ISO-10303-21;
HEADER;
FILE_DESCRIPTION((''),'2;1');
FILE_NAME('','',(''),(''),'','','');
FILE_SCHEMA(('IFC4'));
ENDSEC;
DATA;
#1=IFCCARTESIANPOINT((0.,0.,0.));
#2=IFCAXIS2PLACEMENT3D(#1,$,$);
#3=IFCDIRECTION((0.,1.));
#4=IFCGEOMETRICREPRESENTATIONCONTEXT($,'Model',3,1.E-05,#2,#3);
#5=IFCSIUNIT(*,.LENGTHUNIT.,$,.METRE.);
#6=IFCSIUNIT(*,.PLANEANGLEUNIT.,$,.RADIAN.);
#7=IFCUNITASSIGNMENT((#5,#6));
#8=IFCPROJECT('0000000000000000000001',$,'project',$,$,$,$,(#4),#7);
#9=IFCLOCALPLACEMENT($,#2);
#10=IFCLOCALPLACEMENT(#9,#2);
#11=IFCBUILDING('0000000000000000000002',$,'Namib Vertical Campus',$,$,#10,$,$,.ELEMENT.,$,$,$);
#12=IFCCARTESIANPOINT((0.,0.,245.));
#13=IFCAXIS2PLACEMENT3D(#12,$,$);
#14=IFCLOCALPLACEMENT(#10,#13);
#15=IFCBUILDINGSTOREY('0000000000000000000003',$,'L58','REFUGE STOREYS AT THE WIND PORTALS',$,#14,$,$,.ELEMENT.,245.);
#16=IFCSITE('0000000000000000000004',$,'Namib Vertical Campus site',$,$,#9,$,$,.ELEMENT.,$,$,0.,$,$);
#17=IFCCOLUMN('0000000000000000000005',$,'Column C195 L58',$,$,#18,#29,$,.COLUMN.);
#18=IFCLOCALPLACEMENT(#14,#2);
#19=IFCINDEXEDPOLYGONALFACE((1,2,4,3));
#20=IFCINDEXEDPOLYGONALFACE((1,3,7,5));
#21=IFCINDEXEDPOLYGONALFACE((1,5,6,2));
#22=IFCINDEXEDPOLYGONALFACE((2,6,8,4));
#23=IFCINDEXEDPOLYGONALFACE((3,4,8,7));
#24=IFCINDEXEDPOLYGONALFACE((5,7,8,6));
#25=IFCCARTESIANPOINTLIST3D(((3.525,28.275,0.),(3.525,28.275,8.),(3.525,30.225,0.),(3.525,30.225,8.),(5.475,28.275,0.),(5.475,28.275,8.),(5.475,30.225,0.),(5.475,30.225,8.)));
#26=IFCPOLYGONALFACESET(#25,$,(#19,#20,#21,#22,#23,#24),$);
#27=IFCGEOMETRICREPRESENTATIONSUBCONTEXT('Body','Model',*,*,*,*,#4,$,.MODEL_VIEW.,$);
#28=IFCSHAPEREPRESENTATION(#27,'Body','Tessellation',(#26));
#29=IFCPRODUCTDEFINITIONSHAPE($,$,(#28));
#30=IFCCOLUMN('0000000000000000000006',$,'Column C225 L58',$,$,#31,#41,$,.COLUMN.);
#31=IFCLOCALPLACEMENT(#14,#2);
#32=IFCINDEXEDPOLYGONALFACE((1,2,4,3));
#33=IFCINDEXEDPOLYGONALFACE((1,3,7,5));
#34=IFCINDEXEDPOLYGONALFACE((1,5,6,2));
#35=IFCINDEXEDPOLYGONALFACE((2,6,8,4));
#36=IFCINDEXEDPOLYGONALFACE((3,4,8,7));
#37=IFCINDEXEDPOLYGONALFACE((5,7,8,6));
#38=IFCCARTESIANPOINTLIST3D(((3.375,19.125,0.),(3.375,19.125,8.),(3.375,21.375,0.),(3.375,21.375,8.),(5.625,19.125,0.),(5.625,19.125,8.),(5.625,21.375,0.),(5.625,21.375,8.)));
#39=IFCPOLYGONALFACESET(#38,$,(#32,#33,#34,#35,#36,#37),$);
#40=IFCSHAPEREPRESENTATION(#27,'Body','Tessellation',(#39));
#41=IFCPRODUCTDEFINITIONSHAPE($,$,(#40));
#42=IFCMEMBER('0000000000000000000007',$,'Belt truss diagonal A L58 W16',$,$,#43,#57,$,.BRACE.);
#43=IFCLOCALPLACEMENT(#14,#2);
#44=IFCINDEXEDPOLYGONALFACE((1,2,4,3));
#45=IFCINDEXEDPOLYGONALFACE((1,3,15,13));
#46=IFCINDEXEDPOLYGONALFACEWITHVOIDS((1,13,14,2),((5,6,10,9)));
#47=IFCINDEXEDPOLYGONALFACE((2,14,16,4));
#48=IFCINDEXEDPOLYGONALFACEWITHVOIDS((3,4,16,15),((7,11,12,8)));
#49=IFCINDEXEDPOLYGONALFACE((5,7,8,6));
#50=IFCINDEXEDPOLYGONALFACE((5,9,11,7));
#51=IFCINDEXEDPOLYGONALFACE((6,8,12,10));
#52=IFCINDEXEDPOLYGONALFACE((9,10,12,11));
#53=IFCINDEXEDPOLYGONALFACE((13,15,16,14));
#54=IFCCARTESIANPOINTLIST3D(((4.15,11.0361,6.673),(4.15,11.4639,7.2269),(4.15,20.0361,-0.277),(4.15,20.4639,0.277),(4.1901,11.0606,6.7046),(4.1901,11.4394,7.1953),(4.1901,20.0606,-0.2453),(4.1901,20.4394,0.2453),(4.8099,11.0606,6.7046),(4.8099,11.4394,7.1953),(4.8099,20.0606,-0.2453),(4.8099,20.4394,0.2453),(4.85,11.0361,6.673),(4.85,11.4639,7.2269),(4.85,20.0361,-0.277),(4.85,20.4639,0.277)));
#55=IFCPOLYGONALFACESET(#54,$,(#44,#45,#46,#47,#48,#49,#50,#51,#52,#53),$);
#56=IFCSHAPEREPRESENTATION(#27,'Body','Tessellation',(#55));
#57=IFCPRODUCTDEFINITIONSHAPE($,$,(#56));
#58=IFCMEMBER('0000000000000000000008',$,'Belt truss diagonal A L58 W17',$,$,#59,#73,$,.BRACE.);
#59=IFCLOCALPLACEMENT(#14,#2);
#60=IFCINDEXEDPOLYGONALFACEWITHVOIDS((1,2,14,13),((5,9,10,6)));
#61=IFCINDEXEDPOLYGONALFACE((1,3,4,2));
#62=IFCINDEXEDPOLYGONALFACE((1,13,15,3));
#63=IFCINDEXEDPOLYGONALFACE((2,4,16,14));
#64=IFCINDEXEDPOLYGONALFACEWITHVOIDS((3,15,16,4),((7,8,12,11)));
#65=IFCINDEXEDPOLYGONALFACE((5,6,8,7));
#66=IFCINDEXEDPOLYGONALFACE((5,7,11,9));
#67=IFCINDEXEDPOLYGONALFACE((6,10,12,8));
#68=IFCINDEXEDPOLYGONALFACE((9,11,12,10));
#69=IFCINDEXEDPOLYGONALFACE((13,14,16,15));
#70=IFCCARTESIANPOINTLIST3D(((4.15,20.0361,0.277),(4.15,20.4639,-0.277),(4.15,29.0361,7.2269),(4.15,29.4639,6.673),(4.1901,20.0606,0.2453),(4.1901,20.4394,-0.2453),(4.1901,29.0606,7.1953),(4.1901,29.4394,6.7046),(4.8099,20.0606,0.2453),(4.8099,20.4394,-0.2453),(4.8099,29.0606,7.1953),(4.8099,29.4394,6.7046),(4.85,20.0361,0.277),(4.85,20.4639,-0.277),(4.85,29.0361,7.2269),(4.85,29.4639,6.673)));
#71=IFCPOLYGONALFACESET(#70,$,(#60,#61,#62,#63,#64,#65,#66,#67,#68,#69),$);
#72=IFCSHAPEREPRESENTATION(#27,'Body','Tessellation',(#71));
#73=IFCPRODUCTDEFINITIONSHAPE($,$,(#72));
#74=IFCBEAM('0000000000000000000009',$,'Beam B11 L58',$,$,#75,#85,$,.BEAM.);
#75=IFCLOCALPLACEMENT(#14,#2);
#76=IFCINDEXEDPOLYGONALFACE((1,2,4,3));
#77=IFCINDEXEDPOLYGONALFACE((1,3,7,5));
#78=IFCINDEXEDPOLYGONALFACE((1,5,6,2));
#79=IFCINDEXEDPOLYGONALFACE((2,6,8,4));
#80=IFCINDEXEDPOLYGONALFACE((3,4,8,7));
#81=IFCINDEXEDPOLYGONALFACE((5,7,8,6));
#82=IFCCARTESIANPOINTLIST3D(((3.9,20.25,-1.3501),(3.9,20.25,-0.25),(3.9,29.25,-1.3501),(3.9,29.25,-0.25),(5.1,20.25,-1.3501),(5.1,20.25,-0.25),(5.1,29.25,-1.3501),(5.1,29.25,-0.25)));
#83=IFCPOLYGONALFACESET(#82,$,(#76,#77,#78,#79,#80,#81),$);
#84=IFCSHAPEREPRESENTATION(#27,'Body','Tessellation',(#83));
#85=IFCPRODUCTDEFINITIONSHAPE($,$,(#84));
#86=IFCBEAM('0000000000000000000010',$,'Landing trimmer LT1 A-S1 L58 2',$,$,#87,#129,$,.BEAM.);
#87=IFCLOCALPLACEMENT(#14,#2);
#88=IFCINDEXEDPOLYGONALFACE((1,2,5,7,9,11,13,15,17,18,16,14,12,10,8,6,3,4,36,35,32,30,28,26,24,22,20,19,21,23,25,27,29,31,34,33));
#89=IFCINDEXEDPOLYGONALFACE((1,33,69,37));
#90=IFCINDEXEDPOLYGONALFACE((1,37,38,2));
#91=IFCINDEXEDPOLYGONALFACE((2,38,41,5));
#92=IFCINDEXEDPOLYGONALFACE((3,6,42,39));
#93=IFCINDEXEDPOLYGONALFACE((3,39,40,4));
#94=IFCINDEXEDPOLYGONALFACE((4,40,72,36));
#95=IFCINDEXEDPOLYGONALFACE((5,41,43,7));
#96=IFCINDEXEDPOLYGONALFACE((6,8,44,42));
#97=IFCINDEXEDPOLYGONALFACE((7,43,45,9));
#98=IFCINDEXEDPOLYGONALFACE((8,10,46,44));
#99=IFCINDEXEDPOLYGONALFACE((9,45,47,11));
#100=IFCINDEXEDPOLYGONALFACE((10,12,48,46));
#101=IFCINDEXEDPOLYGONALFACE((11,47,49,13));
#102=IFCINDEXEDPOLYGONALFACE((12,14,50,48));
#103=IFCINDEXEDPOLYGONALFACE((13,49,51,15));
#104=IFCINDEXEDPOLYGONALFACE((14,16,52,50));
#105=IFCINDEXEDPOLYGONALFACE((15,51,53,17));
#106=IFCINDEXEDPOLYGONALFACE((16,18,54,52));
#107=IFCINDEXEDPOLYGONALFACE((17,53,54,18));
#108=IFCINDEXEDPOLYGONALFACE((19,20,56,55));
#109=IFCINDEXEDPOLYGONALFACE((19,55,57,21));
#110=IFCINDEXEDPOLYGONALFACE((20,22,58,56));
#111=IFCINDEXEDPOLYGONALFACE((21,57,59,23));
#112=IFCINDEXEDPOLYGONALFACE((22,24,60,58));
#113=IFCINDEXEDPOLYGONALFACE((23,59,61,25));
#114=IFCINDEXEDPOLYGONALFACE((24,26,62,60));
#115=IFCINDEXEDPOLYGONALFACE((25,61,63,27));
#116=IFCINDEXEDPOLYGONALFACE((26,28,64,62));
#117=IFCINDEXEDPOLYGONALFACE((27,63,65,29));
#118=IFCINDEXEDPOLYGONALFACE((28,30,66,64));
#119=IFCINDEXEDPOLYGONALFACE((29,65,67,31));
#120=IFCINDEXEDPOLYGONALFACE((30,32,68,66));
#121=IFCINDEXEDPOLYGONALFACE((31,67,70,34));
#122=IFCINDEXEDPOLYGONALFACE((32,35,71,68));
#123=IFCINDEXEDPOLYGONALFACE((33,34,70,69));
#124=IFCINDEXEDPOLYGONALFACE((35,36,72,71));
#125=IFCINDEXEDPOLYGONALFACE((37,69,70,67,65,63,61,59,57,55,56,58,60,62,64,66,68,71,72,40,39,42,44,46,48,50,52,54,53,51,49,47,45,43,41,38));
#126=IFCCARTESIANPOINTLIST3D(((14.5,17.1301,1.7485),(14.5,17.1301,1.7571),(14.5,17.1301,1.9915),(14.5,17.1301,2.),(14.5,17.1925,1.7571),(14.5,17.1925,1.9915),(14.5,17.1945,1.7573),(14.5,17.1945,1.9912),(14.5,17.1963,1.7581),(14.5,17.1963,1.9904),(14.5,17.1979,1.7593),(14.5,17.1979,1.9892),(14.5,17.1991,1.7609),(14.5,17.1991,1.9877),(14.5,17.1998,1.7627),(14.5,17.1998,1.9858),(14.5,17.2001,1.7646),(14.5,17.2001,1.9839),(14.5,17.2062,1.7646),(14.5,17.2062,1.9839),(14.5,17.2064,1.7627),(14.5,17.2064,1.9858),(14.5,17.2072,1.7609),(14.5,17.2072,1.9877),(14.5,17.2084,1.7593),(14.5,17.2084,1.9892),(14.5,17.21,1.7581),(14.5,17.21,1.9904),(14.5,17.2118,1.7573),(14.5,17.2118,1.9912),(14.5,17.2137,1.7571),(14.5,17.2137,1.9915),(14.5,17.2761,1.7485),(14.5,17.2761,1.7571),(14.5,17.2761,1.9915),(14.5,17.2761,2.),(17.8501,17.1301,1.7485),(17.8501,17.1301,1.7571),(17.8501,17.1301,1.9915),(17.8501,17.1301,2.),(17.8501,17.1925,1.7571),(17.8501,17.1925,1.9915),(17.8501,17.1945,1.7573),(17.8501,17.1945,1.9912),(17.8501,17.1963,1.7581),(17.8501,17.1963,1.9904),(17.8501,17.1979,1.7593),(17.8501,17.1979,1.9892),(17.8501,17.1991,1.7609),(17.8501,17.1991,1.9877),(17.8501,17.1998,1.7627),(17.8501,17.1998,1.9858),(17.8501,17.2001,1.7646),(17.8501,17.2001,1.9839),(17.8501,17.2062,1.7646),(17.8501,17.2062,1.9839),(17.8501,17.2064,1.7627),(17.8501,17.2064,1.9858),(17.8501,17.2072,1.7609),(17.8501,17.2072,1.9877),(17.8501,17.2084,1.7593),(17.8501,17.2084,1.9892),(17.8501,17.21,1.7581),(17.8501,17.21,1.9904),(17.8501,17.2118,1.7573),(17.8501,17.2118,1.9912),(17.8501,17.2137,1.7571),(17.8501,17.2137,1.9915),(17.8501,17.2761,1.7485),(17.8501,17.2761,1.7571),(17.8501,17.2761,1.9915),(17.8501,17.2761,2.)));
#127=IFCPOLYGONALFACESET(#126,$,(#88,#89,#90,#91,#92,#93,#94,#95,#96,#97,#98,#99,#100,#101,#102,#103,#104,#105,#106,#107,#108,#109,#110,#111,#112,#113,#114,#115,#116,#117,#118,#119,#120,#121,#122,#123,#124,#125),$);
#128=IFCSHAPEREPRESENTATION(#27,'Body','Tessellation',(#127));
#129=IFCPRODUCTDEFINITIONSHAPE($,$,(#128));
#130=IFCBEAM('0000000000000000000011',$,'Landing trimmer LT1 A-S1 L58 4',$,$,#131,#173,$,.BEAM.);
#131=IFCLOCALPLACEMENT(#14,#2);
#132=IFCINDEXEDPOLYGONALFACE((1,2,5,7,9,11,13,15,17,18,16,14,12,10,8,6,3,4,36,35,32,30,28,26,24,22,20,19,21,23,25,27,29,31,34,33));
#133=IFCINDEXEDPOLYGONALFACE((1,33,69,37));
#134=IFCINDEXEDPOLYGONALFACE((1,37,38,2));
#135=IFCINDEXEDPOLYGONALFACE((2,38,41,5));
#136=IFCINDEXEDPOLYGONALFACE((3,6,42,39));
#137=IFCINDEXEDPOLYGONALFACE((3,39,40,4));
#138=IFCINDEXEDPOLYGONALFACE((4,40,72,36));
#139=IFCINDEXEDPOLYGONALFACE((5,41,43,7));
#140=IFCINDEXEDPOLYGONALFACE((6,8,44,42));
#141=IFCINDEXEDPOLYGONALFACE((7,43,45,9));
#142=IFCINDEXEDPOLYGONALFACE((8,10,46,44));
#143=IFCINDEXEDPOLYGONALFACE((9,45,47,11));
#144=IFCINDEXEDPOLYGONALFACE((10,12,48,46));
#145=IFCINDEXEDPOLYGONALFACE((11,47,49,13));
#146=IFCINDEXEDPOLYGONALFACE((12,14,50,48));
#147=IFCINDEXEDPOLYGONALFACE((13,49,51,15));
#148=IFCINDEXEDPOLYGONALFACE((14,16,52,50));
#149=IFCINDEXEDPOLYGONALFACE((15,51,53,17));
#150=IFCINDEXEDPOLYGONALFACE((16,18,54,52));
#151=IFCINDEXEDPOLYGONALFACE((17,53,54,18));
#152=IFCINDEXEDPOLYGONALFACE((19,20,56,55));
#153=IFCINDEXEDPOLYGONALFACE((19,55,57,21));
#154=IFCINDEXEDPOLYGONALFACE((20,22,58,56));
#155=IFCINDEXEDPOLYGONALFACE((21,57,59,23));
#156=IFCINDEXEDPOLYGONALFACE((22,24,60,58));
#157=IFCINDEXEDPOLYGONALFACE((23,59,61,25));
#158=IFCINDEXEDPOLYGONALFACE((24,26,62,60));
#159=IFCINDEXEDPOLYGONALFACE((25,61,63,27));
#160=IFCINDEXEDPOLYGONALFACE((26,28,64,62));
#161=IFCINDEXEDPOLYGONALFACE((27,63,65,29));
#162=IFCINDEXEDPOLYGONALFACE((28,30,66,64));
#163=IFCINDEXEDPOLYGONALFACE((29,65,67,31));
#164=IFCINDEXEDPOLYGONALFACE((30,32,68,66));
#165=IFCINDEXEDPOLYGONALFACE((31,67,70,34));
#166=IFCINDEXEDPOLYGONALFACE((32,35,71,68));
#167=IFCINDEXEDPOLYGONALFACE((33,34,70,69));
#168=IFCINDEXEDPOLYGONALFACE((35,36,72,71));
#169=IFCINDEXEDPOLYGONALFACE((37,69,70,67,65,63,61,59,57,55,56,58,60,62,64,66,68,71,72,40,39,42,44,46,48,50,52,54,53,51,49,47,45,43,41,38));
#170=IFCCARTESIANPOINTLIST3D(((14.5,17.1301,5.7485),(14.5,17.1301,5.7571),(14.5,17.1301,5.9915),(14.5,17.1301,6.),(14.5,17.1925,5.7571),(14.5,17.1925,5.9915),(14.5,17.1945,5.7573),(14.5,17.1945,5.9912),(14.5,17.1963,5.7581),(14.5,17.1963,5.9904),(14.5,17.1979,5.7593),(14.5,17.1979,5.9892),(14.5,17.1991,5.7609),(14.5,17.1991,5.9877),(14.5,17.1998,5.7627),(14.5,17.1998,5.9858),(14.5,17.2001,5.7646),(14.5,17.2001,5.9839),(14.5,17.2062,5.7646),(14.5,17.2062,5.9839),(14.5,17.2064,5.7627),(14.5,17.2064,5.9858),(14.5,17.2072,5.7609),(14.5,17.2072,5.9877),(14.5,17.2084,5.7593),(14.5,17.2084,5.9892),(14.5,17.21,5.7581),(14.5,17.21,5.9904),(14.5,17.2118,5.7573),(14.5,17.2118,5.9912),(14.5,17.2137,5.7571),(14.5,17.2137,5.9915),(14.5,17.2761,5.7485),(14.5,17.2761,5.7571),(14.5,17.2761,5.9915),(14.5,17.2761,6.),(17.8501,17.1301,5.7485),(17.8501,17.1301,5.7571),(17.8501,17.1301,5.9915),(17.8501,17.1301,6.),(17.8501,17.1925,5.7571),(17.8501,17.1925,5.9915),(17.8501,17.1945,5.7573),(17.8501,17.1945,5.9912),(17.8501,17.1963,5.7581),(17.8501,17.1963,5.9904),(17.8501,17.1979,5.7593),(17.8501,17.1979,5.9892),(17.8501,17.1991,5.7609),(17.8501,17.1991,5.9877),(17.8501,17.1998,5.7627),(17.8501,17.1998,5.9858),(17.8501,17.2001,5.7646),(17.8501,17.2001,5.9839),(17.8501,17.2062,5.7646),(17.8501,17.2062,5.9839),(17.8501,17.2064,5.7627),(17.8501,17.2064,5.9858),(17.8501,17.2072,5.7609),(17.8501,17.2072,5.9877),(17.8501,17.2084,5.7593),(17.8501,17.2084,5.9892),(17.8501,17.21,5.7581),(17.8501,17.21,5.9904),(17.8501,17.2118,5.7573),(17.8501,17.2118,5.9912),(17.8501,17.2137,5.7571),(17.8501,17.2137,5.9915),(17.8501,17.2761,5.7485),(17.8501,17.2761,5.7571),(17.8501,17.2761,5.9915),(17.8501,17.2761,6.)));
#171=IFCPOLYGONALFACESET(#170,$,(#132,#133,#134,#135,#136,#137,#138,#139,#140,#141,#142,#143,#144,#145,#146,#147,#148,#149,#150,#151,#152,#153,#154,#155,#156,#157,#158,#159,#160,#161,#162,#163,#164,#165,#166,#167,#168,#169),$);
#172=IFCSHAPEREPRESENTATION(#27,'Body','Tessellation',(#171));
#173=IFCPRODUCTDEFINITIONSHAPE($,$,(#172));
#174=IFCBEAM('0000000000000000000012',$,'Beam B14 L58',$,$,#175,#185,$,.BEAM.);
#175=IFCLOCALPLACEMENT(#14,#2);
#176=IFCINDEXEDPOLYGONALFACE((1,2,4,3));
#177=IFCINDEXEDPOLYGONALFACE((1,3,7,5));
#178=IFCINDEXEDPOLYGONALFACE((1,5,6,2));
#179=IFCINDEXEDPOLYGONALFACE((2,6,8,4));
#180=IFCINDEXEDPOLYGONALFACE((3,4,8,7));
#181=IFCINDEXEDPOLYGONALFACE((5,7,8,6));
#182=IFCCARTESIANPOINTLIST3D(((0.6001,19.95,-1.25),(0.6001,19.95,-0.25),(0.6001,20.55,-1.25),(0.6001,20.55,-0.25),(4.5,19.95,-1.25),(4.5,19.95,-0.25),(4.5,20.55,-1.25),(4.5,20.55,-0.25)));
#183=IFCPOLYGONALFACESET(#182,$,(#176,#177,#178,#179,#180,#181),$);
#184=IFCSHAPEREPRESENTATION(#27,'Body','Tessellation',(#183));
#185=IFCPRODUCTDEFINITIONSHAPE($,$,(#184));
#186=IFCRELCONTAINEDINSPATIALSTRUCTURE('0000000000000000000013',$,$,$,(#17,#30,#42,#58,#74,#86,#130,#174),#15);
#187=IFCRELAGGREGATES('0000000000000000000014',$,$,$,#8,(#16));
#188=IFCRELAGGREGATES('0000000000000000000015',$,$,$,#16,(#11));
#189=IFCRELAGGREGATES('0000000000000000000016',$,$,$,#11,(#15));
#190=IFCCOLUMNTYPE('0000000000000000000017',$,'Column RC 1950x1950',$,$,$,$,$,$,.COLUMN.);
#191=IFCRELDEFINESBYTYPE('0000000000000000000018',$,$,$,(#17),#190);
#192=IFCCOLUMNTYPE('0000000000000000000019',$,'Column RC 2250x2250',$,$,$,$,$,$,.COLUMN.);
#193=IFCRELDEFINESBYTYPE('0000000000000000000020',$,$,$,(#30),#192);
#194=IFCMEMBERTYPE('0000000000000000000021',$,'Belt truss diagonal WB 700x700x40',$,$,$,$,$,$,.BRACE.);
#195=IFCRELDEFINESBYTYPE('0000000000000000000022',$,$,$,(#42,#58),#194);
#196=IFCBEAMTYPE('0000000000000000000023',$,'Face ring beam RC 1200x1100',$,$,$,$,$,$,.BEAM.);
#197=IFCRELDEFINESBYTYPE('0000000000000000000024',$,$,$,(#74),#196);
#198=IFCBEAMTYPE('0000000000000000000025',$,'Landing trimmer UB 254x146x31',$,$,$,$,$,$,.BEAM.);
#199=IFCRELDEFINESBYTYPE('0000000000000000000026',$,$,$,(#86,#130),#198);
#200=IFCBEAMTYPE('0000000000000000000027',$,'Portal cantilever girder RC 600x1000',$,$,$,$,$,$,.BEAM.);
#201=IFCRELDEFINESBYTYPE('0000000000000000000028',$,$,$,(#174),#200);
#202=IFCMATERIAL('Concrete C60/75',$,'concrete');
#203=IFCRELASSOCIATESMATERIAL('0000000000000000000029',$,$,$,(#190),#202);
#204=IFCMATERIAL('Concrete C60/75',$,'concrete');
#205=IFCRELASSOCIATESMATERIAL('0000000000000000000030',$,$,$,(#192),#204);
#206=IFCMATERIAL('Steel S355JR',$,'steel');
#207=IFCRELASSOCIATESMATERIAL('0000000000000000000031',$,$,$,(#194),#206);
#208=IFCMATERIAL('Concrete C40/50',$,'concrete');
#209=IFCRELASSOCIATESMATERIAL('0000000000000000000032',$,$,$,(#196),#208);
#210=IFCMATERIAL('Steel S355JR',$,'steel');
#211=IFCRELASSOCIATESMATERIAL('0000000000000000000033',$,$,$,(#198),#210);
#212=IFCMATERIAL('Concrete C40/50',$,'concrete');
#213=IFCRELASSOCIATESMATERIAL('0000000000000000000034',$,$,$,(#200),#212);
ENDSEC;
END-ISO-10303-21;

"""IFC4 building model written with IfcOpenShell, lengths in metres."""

from ifc_helpers import new_model, si_unit, direction, frame, origin, origin_2d, place, context, subcontext, project, spatial, rectangle, hollow_rectangle, i_section, extrude, material, material_profile, profile_set, type_object, element, save


model = new_model("IFC4")

# Units and contexts
model_context = context("Model", 3, precision=1e-05, world=origin(), true_north=direction((0.0, 1.0)))
body_context = subcontext(model_context, "Body", "Model", "MODEL_VIEW")
ifc_project = project(units=[si_unit("LENGTHUNIT", "METRE"), si_unit("PLANEANGLEUNIT", "RADIAN")], contexts=[model_context])

# Site, building, storey
site_placement = place(None, origin())
site = spatial("IfcSite", under=ifc_project, at=site_placement, Name="Namib Vertical Campus site", CompositionType="ELEMENT", RefElevation=0.0)
building_placement = place(site_placement, origin())
building = spatial("IfcBuilding", under=site, at=building_placement, Name="Namib Vertical Campus", CompositionType="ELEMENT")
storey_placement = place(building_placement, frame((0.0, 0.0, 245.0)))
storey = spatial("IfcBuildingStorey", under=building, at=storey_placement, Name="L58", Description="REFUGE STOREYS AT THE WIND PORTALS", CompositionType="ELEMENT", Elevation=245.0)

# Columns
ifc_material_1 = material(Name="Concrete C60/75", Category="concrete")
ifc_material_profile_1 = material_profile(ifc_material_1, rectangle(XDim=1.95, YDim=1.95, at=origin_2d()))
ifc_profile_set_1 = profile_set([ifc_material_profile_1], Name="Concrete C60/75")
column_type_1 = type_object("IfcColumnType", Name="Column RC 1950x1950", PredefinedType="COLUMN", material=ifc_profile_set_1)
column_1_placement = place(storey_placement, frame((4.5, 29.25, 0.0), z_axis=(0.0, 0.0, 1.0), x_axis=(1.0, 0.0, 0.0)))
element("IfcColumn", 1, at=column_1_placement, inside=storey, type_object=column_type_1, Name="Column C195 L58", PredefinedType="COLUMN", context=body_context, shape_type="SweptSolid", body=[
    extrude(rectangle(XDim=1.95, YDim=1.95, at=origin_2d()), origin(), (0.0, 0.0, 1.0), 8.0),
])
ifc_material_2 = material(Name="Concrete C60/75", Category="concrete")
ifc_material_profile_2 = material_profile(ifc_material_2, rectangle(XDim=2.25, YDim=2.25, at=origin_2d()))
ifc_profile_set_2 = profile_set([ifc_material_profile_2], Name="Concrete C60/75")
column_type_2 = type_object("IfcColumnType", Name="Column RC 2250x2250", PredefinedType="COLUMN", material=ifc_profile_set_2)
column_2_placement = place(storey_placement, frame((4.5, 20.25, 0.0), z_axis=(0.0, 0.0, 1.0), x_axis=(1.0, 0.0, 0.0)))
element("IfcColumn", 2, at=column_2_placement, inside=storey, type_object=column_type_2, Name="Column C225 L58", PredefinedType="COLUMN", context=body_context, shape_type="SweptSolid", body=[
    extrude(rectangle(XDim=2.25, YDim=2.25, at=origin_2d()), origin(), (0.0, 0.0, 1.0), 8.0),
])

# Members
ifc_material_3 = material(Name="Steel S355JR", Category="steel")
ifc_material_profile_3 = material_profile(ifc_material_3, hollow_rectangle(XDim=0.7, YDim=0.7, WallThickness=0.04, at=origin_2d()))
ifc_profile_set_3 = profile_set([ifc_material_profile_3], Name="Steel S355JR")
member_type = type_object("IfcMemberType", Name="Belt truss diagonal WB 700x700x40", PredefinedType="BRACE", material=ifc_profile_set_3)
for number, where, z_axis, x_axis, name in (
    (3, (4.5, 20.25, 0.0), (0.0, -0.79148, 0.611194), (1.0, 0.0, 0.0), "Belt truss diagonal A L58 W16"),
    (4, (4.5, 20.25, 0.0), (0.0, 0.79148, 0.611194), (-1.0, 0.0, 0.0), "Belt truss diagonal A L58 W17"),
):
    element("IfcMember", number, at=place(storey_placement, frame(where, z_axis=z_axis, x_axis=x_axis)), inside=storey, type_object=member_type, Name=name, PredefinedType="BRACE", context=body_context, shape_type="SweptSolid", body=[
        extrude(hollow_rectangle(XDim=0.7, YDim=0.7, WallThickness=0.04, at=origin_2d()), origin(), (0.0, 0.0, 1.0), 11.3711),
    ])

# Beams
ifc_material_4 = material(Name="Concrete C40/50", Category="concrete")
ifc_material_profile_4 = material_profile(ifc_material_4, rectangle(XDim=1.2, YDim=1.1001, at=origin_2d()))
ifc_profile_set_4 = profile_set([ifc_material_profile_4], Name="Concrete C40/50")
beam_type_1 = type_object("IfcBeamType", Name="Face ring beam RC 1200x1100", PredefinedType="BEAM", material=ifc_profile_set_4)
beam_1_placement = place(storey_placement, frame((4.5, 20.25, -0.8), z_axis=(0.0, 1.0, 0.0), x_axis=(-1.0, 0.0, 0.0)))
element("IfcBeam", 5, at=beam_1_placement, inside=storey, type_object=beam_type_1, Name="Beam B11 L58", PredefinedType="BEAM", context=body_context, shape_type="SweptSolid", body=[
    extrude(rectangle(XDim=1.2, YDim=1.1001, at=origin_2d()), origin(), (0.0, 0.0, 1.0), 9.0),
])
ifc_material_5 = material(Name="Steel S355JR", Category="steel")
ifc_material_profile_5 = material_profile(ifc_material_5, i_section(OverallWidth=0.146, OverallDepth=0.2515, WebThickness=0.0061, FlangeThickness=0.0085, FilletRadius=0.0076, at=origin_2d()))
ifc_profile_set_5 = profile_set([ifc_material_profile_5], Name="Steel S355JR")
beam_type_2 = type_object("IfcBeamType", Name="Landing trimmer UB 254x146x31", PredefinedType="BEAM", material=ifc_profile_set_5)
for number, where, z_axis, x_axis, name in (
    (6, (14.5, 17.2031, 1.8743), (1.0, 0.0, 0.0), (0.0, 1.0, 0.0), "Landing trimmer LT1 A-S1 L58 2"),
    (7, (14.5, 17.2031, 5.8743), (1.0, 0.0, 0.0), (0.0, 1.0, 0.0), "Landing trimmer LT1 A-S1 L58 4"),
):
    element("IfcBeam", number, at=place(storey_placement, frame(where, z_axis=z_axis, x_axis=x_axis)), inside=storey, type_object=beam_type_2, Name=name, PredefinedType="BEAM", context=body_context, shape_type="SweptSolid", body=[
        extrude(i_section(OverallWidth=0.146, OverallDepth=0.2515, WebThickness=0.0061, FlangeThickness=0.0085, FilletRadius=0.0076, at=origin_2d()), origin(), (0.0, 0.0, 1.0), 3.3501),
    ])
ifc_material_6 = material(Name="Concrete C40/50", Category="concrete")
ifc_material_profile_6 = material_profile(ifc_material_6, rectangle(XDim=0.6001, YDim=1.0, at=origin_2d()))
ifc_profile_set_6 = profile_set([ifc_material_profile_6], Name="Concrete C40/50")
beam_type_3 = type_object("IfcBeamType", Name="Portal cantilever girder RC 600x1000", PredefinedType="BEAM", material=ifc_profile_set_6)
beam_2_placement = place(storey_placement, frame((4.5, 20.25, -0.75), z_axis=(-1.0, 0.0, 0.0), x_axis=(0.0, -1.0, 0.0)))
element("IfcBeam", 8, at=beam_2_placement, inside=storey, type_object=beam_type_3, Name="Beam B14 L58", PredefinedType="BEAM", context=body_context, shape_type="SweptSolid", body=[
    extrude(rectangle(XDim=0.6001, YDim=1.0, at=origin_2d()), origin(), (0.0, 0.0, 1.0), 3.8999),
])

save(model, "model.ifc")
